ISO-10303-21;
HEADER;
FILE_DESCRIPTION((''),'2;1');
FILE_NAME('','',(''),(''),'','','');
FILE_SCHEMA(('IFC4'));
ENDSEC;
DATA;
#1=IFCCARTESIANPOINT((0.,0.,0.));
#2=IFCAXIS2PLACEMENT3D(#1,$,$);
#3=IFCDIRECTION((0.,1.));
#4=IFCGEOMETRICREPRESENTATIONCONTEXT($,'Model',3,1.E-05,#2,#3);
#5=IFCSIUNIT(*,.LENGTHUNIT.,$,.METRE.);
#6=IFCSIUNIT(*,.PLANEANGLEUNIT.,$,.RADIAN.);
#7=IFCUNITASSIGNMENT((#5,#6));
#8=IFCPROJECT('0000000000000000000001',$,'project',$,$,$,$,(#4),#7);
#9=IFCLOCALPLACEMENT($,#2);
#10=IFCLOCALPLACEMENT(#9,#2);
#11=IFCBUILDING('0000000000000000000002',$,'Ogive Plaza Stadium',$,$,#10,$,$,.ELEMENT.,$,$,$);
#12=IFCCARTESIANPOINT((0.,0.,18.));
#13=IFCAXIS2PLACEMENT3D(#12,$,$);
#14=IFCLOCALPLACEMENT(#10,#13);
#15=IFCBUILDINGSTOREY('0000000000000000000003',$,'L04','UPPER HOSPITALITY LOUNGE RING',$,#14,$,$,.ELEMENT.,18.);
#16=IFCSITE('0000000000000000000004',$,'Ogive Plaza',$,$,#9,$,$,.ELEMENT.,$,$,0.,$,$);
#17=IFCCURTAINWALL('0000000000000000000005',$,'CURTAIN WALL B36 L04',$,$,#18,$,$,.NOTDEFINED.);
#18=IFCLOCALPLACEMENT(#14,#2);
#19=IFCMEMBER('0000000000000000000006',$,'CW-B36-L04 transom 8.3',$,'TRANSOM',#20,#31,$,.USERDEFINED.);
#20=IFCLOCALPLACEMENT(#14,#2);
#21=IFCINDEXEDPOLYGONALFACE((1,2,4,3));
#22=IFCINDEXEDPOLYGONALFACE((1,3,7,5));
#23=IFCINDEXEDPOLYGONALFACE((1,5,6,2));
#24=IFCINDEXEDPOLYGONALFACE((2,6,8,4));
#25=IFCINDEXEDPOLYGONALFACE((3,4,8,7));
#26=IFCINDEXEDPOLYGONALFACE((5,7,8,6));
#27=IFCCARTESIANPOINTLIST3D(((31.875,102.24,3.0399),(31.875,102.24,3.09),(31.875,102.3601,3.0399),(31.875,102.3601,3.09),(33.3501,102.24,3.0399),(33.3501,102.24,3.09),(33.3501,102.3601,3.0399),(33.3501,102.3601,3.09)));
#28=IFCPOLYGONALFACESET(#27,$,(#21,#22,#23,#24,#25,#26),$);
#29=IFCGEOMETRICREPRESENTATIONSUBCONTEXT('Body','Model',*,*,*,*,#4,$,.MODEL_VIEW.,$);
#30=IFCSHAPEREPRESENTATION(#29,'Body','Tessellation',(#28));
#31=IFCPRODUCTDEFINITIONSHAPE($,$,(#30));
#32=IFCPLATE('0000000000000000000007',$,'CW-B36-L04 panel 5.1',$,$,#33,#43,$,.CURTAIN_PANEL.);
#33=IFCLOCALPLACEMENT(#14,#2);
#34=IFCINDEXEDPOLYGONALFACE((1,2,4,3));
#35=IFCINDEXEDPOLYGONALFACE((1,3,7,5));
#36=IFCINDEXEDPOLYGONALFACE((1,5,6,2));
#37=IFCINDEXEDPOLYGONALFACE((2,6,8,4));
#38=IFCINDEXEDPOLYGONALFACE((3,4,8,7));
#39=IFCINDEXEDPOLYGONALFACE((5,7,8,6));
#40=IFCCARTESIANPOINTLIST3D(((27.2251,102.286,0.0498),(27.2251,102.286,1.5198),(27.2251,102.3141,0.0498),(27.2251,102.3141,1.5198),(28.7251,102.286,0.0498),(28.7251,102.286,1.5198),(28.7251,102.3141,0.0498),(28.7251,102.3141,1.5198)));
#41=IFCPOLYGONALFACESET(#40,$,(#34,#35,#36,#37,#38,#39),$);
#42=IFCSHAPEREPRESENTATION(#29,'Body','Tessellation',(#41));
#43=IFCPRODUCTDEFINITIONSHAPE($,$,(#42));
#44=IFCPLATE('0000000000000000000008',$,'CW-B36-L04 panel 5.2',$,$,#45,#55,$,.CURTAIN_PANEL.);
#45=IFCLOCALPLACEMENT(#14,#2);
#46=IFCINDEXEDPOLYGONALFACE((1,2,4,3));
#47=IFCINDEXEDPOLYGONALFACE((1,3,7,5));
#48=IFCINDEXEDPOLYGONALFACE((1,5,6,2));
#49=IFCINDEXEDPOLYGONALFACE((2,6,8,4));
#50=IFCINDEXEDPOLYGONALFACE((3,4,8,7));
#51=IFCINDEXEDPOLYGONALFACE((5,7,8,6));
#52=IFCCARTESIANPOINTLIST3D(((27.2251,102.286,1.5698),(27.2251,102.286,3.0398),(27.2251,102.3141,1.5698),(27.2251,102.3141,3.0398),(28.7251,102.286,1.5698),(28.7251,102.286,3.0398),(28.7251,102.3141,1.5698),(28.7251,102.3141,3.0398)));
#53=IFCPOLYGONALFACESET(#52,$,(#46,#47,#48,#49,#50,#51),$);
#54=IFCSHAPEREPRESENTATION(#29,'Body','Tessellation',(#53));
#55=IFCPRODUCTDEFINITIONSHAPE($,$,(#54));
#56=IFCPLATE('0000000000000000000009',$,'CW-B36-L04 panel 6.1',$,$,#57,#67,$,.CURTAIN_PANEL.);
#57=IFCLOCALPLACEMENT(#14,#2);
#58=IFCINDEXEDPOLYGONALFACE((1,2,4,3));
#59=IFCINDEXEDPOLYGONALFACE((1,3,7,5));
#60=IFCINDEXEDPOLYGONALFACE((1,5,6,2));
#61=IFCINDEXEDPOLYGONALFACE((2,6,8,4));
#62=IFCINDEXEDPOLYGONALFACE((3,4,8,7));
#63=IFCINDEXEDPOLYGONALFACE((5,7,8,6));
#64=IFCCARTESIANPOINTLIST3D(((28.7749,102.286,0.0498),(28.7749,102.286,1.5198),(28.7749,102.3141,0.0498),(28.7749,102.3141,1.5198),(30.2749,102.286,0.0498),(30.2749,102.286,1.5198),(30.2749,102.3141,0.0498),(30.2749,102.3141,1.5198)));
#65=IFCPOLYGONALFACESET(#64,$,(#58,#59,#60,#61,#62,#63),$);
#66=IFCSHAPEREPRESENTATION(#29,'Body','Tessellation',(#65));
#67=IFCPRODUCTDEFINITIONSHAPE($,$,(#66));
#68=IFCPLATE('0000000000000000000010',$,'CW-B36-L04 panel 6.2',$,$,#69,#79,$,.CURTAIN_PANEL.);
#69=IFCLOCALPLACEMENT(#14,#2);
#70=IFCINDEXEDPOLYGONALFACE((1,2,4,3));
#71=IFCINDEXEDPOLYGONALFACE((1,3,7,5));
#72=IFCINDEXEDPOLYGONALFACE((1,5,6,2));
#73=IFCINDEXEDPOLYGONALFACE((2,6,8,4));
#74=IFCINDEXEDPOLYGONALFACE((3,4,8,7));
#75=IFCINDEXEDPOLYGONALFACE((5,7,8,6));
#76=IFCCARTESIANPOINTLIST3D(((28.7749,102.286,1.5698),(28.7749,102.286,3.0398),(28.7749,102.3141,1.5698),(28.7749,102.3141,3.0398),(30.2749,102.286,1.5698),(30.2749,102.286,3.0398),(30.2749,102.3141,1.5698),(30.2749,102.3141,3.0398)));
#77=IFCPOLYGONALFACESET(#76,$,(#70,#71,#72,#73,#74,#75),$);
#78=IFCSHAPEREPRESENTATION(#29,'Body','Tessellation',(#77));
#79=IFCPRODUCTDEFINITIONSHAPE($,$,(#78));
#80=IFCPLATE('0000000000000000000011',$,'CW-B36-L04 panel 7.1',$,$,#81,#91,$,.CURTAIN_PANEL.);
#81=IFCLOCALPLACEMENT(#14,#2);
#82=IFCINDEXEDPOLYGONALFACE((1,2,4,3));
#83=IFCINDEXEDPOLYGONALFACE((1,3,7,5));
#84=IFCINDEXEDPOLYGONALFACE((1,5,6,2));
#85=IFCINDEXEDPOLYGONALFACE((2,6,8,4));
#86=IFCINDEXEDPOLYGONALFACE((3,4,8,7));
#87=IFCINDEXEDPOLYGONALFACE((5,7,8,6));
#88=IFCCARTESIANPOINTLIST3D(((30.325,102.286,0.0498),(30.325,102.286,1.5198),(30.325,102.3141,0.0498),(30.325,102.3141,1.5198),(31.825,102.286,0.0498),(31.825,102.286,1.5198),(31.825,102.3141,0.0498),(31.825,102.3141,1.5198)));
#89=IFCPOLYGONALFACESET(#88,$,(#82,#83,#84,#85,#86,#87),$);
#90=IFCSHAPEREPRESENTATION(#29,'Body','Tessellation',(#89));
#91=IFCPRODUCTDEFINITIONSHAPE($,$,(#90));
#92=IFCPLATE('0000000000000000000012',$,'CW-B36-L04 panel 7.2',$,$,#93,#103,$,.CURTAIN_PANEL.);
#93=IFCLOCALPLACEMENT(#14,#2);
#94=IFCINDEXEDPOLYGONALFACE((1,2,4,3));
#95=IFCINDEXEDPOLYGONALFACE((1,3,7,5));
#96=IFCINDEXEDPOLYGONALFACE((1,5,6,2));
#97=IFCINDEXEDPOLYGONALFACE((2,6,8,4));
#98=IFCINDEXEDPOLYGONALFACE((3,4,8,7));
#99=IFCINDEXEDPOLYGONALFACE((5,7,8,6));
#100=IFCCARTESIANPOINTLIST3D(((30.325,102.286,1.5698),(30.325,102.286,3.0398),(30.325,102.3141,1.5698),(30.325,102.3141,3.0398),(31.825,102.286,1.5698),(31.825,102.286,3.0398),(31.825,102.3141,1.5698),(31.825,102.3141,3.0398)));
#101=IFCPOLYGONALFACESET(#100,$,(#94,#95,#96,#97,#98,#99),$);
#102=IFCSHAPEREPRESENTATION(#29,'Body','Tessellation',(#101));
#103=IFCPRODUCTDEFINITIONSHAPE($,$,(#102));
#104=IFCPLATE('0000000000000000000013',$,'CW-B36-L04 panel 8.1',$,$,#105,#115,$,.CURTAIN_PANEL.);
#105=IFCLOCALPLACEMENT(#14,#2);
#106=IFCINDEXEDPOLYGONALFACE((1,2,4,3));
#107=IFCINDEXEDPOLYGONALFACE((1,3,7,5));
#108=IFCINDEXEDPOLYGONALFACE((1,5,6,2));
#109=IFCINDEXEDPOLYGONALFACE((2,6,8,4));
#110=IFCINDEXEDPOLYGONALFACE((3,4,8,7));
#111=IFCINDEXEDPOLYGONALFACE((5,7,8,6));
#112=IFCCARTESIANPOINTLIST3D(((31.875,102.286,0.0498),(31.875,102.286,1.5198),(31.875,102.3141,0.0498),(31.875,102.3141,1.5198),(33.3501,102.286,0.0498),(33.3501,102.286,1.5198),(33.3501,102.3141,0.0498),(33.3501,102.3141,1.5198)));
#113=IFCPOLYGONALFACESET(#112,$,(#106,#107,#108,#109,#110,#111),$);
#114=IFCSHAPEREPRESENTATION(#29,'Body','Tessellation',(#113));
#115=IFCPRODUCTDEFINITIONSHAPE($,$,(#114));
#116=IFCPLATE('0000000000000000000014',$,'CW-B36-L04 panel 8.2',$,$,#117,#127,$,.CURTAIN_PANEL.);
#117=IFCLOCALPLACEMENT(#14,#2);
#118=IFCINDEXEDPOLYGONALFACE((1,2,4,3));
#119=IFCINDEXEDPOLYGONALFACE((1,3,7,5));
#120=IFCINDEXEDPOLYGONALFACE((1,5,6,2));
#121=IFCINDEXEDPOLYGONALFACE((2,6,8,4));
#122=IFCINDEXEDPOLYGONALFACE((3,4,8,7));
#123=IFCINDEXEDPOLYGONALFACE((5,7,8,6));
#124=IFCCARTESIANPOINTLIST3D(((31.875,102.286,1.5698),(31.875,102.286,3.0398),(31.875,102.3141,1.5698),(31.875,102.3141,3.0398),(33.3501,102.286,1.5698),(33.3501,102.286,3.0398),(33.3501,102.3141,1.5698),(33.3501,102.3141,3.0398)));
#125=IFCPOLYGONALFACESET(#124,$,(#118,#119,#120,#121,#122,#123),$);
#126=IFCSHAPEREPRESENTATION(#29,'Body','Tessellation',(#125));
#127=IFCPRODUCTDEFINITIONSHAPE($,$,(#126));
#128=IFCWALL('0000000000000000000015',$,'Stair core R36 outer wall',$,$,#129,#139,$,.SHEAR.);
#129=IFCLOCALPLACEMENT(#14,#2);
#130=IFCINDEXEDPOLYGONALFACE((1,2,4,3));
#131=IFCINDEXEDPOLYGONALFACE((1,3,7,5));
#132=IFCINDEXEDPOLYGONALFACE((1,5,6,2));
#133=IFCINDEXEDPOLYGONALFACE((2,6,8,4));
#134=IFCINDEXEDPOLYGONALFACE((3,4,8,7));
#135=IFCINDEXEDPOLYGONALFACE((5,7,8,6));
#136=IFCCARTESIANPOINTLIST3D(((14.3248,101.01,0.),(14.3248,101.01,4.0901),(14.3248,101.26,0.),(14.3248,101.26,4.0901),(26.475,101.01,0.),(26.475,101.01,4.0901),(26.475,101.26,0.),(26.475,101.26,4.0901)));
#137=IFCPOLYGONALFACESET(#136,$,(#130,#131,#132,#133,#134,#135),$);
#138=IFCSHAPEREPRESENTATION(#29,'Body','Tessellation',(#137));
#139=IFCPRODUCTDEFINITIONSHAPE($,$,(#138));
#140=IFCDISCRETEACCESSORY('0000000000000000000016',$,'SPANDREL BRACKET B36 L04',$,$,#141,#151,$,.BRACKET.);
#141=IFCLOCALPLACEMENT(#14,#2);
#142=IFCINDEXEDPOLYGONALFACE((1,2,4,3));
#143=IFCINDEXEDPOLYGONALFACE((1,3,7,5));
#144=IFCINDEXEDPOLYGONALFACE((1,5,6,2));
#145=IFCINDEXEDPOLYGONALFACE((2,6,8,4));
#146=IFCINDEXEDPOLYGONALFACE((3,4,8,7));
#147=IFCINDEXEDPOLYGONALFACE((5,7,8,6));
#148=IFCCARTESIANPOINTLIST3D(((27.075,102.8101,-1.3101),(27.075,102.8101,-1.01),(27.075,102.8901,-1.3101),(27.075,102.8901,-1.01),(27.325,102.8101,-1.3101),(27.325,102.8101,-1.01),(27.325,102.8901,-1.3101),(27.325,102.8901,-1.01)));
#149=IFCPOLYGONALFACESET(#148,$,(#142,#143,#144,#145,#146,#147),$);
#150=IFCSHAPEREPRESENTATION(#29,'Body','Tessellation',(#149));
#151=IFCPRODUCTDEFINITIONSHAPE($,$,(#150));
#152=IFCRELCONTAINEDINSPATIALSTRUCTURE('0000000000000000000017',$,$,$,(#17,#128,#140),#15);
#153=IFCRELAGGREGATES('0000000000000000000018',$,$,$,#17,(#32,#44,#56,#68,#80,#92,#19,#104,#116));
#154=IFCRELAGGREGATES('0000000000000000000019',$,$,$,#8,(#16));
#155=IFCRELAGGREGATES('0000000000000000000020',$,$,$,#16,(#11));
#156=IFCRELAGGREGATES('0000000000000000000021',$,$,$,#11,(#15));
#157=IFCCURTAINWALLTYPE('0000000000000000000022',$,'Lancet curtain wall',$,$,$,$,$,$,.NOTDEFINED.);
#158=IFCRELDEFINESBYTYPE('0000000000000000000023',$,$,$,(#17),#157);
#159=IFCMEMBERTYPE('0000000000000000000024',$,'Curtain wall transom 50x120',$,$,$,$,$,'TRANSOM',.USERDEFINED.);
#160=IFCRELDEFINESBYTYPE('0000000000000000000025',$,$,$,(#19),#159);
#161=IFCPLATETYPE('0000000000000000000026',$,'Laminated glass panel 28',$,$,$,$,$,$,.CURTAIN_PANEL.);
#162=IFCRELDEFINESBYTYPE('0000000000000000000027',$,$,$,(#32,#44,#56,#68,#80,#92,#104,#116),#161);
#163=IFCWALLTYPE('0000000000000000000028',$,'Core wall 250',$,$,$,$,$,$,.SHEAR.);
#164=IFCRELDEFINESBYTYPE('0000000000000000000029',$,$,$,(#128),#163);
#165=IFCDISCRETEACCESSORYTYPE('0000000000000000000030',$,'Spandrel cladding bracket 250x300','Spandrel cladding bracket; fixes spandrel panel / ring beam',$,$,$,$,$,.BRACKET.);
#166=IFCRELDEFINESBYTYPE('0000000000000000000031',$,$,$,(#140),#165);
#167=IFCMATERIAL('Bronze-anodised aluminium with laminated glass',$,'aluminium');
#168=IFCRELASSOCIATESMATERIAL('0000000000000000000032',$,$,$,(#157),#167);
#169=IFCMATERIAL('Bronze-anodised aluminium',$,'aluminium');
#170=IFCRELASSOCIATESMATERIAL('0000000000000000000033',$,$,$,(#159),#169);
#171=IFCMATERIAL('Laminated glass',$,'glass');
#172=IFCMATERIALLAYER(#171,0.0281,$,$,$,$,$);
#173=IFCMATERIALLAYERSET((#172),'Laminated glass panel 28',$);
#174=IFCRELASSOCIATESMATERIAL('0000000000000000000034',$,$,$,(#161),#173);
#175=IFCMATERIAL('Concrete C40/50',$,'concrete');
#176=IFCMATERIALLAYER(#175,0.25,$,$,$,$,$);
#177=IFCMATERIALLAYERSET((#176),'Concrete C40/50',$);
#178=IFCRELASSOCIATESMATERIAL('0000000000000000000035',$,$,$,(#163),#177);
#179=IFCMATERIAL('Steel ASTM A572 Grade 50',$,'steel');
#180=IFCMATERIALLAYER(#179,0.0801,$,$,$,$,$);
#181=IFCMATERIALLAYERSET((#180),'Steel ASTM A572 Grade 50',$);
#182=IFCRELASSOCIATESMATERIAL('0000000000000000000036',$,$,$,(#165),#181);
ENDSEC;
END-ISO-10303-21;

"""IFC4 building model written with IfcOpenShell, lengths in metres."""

from ifc_helpers import new_model, si_unit, direction, frame, frame_2d, origin, origin_2d, place, context, subcontext, project, spatial, rectangle, extrude, material, layer, layer_set, material_profile, profile_set, type_object, element, aggregate, save


model = new_model("IFC4")

# Units and contexts
model_context = context("Model", 3, precision=1e-05, world=origin(), true_north=direction((0.0, 1.0)))
body_context = subcontext(model_context, "Body", "Model", "MODEL_VIEW")
ifc_project = project(units=[si_unit("LENGTHUNIT", "METRE"), si_unit("PLANEANGLEUNIT", "RADIAN")], contexts=[model_context])

# Site, building, storey
site_placement = place(None, origin())
site = spatial("IfcSite", under=ifc_project, at=site_placement, Name="Ogive Plaza", CompositionType="ELEMENT", RefElevation=0.0)
building_placement = place(site_placement, origin())
building = spatial("IfcBuilding", under=site, at=building_placement, Name="Ogive Plaza Stadium", CompositionType="ELEMENT")
storey_placement = place(building_placement, frame((0.0, 0.0, 18.0)))
storey = spatial("IfcBuildingStorey", under=building, at=storey_placement, Name="L04", Description="UPPER HOSPITALITY LOUNGE RING", CompositionType="ELEMENT", Elevation=18.0)

# Curtain wall, member, plates
ifc_material_1 = material(Name="Bronze-anodised aluminium with laminated glass", Category="aluminium")
curtain_wall_type = type_object("IfcCurtainWallType", Name="Lancet curtain wall", PredefinedType="NOTDEFINED", material=ifc_material_1)
curtain_wall_placement = place(storey_placement, origin())
curtain_wall = element("IfcCurtainWall", 1, at=curtain_wall_placement, inside=storey, type_object=curtain_wall_type, Name="CURTAIN WALL B36 L04", PredefinedType="NOTDEFINED")
ifc_material_2 = material(Name="Bronze-anodised aluminium", Category="aluminium")
ifc_material_profile_1 = material_profile(ifc_material_2, rectangle(XDim=0.1201, YDim=0.05, at=origin_2d()), Name="AL 120x50")
ifc_profile_set_1 = profile_set([ifc_material_profile_1], Name="Bronze-anodised aluminium")
member_type_1 = type_object("IfcMemberType", Name="Curtain wall transom 50x120", ElementType="TRANSOM", PredefinedType="USERDEFINED", material=ifc_profile_set_1)
member_1_placement = place(storey_placement, frame((31.875, 102.3, 3.0649), z_axis=(1.0, 0.0, 0.0), x_axis=(0.0, 1.0, 0.0)))
member_1 = element("IfcMember", 2, at=member_1_placement, type_object=member_type_1, Name="CW-B36-L04 transom 8.3", ObjectType="TRANSOM", PredefinedType="USERDEFINED", context=body_context, shape_type="SweptSolid", body=[
    extrude(rectangle(XDim=0.1201, YDim=0.05, at=origin_2d()), origin(), (0.0, 0.0, 1.0), 1.4751),
])
ifc_material_3 = material(Name="Laminated glass", Category="glass")
ifc_layer_1 = layer(ifc_material_3, 0.0281)
ifc_layer_set_1 = layer_set([ifc_layer_1], Name="Laminated glass panel 28")
plate_type = type_object("IfcPlateType", Name="Laminated glass panel 28", PredefinedType="CURTAIN_PANEL", material=ifc_layer_set_1)
plate_1_placement = place(storey_placement, frame((27.9751, 102.3, 0.0498), z_axis=(0.0, 0.0, 1.0), x_axis=(1.0, 0.0, 0.0)))
plate_1 = element("IfcPlate", 3, at=plate_1_placement, type_object=plate_type, Name="CW-B36-L04 panel 5.1", PredefinedType="CURTAIN_PANEL", context=body_context, shape_type="SweptSolid", body=[
    extrude(rectangle(XDim=1.5, YDim=0.0281, at=origin_2d()), origin(), (0.0, 0.0, 1.0), 1.47),
])
plate_2_placement = place(storey_placement, frame((27.9751, 102.3, 1.5698), z_axis=(0.0, 0.0, 1.0), x_axis=(1.0, 0.0, 0.0)))
plate_2 = element("IfcPlate", 4, at=plate_2_placement, type_object=plate_type, Name="CW-B36-L04 panel 5.2", PredefinedType="CURTAIN_PANEL", context=body_context, shape_type="SweptSolid", body=[
    extrude(rectangle(XDim=1.5, YDim=0.0281, at=origin_2d()), origin(), (0.0, 0.0, 1.0), 1.47),
])
plate_3_placement = place(storey_placement, frame((29.5249, 102.3, 0.0498), z_axis=(0.0, 0.0, 1.0), x_axis=(1.0, 0.0, 0.0)))
plate_3 = element("IfcPlate", 5, at=plate_3_placement, type_object=plate_type, Name="CW-B36-L04 panel 6.1", PredefinedType="CURTAIN_PANEL", context=body_context, shape_type="SweptSolid", body=[
    extrude(rectangle(XDim=1.5, YDim=0.0281, at=origin_2d()), origin(), (0.0, 0.0, 1.0), 1.47),
])
plate_4_placement = place(storey_placement, frame((29.5249, 102.3, 1.5698), z_axis=(0.0, 0.0, 1.0), x_axis=(1.0, 0.0, 0.0)))
plate_4 = element("IfcPlate", 6, at=plate_4_placement, type_object=plate_type, Name="CW-B36-L04 panel 6.2", PredefinedType="CURTAIN_PANEL", context=body_context, shape_type="SweptSolid", body=[
    extrude(rectangle(XDim=1.5, YDim=0.0281, at=origin_2d()), origin(), (0.0, 0.0, 1.0), 1.47),
])
plate_5_placement = place(storey_placement, frame((31.075, 102.3, 0.0498), z_axis=(0.0, 0.0, 1.0), x_axis=(1.0, 0.0, 0.0)))
plate_5 = element("IfcPlate", 7, at=plate_5_placement, type_object=plate_type, Name="CW-B36-L04 panel 7.1", PredefinedType="CURTAIN_PANEL", context=body_context, shape_type="SweptSolid", body=[
    extrude(rectangle(XDim=1.5, YDim=0.0281, at=origin_2d()), origin(), (0.0, 0.0, 1.0), 1.47),
])
plate_6_placement = place(storey_placement, frame((31.075, 102.3, 1.5698), z_axis=(0.0, 0.0, 1.0), x_axis=(1.0, 0.0, 0.0)))
plate_6 = element("IfcPlate", 8, at=plate_6_placement, type_object=plate_type, Name="CW-B36-L04 panel 7.2", PredefinedType="CURTAIN_PANEL", context=body_context, shape_type="SweptSolid", body=[
    extrude(rectangle(XDim=1.5, YDim=0.0281, at=origin_2d()), origin(), (0.0, 0.0, 1.0), 1.47),
])
plate_7_placement = place(storey_placement, frame((32.6125, 102.3, 0.0498), z_axis=(0.0, 0.0, 1.0), x_axis=(1.0, 0.0, 0.0)))
plate_7 = element("IfcPlate", 9, at=plate_7_placement, type_object=plate_type, Name="CW-B36-L04 panel 8.1", PredefinedType="CURTAIN_PANEL", context=body_context, shape_type="SweptSolid", body=[
    extrude(rectangle(XDim=1.4751, YDim=0.0281, at=origin_2d()), origin(), (0.0, 0.0, 1.0), 1.47),
])
plate_8_placement = place(storey_placement, frame((32.6125, 102.3, 1.5698), z_axis=(0.0, 0.0, 1.0), x_axis=(1.0, 0.0, 0.0)))
plate_8 = element("IfcPlate", 10, at=plate_8_placement, type_object=plate_type, Name="CW-B36-L04 panel 8.2", PredefinedType="CURTAIN_PANEL", context=body_context, shape_type="SweptSolid", body=[
    extrude(rectangle(XDim=1.4751, YDim=0.0281, at=origin_2d()), origin(), (0.0, 0.0, 1.0), 1.47),
])
aggregate(curtain_wall, [plate_1, plate_2, plate_3, plate_4, plate_5, plate_6, member_1, plate_7, plate_8])

# Wall
ifc_material_4 = material(Name="Concrete C40/50", Category="concrete")
ifc_layer_2 = layer(ifc_material_4, 0.25)
ifc_layer_set_2 = layer_set([ifc_layer_2], Name="Concrete C40/50")
wall_type = type_object("IfcWallType", Name="Core wall 250", PredefinedType="SHEAR", material=ifc_layer_set_2)
wall_placement = place(storey_placement, frame((26.4751, 101.135, 0.0), z_axis=(0.0, 0.0, 1.0), x_axis=(-1.0, 0.0, 0.0)))
element("IfcWall", 11, at=wall_placement, inside=storey, type_object=wall_type, Name="Stair core R36 outer wall", PredefinedType="SHEAR", context=body_context, shape_type="SweptSolid", body=[
    extrude(rectangle(XDim=12.1501, YDim=0.25, at=frame_2d((6.0752, 0.0))), origin(), (0.0, 0.0, 1.0), 4.0901),
])

# Discrete accessory
ifc_material_5 = material(Name="Steel ASTM A572 Grade 50", Category="steel")
ifc_layer_3 = layer(ifc_material_5, 0.0801)
ifc_layer_set_3 = layer_set([ifc_layer_3], Name="Steel ASTM A572 Grade 50")
discrete_accessory_type = type_object("IfcDiscreteAccessoryType", Name="Spandrel cladding bracket 250x300", Description="Spandrel cladding bracket; fixes spandrel panel / ring beam", PredefinedType="BRACKET", material=ifc_layer_set_3)
discrete_accessory_placement = place(storey_placement, frame((27.2, 102.8501, -1.3101), z_axis=(0.0, 0.0, 1.0), x_axis=(1.0, 0.0, 0.0)))
element("IfcDiscreteAccessory", 12, at=discrete_accessory_placement, inside=storey, type_object=discrete_accessory_type, Name="SPANDREL BRACKET B36 L04", PredefinedType="BRACKET", context=body_context, shape_type="SweptSolid", body=[
    extrude(rectangle(XDim=0.25, YDim=0.0801, at=origin_2d()), origin(), (0.0, 0.0, 1.0), 0.3),
])

save(model, "model.ifc")
